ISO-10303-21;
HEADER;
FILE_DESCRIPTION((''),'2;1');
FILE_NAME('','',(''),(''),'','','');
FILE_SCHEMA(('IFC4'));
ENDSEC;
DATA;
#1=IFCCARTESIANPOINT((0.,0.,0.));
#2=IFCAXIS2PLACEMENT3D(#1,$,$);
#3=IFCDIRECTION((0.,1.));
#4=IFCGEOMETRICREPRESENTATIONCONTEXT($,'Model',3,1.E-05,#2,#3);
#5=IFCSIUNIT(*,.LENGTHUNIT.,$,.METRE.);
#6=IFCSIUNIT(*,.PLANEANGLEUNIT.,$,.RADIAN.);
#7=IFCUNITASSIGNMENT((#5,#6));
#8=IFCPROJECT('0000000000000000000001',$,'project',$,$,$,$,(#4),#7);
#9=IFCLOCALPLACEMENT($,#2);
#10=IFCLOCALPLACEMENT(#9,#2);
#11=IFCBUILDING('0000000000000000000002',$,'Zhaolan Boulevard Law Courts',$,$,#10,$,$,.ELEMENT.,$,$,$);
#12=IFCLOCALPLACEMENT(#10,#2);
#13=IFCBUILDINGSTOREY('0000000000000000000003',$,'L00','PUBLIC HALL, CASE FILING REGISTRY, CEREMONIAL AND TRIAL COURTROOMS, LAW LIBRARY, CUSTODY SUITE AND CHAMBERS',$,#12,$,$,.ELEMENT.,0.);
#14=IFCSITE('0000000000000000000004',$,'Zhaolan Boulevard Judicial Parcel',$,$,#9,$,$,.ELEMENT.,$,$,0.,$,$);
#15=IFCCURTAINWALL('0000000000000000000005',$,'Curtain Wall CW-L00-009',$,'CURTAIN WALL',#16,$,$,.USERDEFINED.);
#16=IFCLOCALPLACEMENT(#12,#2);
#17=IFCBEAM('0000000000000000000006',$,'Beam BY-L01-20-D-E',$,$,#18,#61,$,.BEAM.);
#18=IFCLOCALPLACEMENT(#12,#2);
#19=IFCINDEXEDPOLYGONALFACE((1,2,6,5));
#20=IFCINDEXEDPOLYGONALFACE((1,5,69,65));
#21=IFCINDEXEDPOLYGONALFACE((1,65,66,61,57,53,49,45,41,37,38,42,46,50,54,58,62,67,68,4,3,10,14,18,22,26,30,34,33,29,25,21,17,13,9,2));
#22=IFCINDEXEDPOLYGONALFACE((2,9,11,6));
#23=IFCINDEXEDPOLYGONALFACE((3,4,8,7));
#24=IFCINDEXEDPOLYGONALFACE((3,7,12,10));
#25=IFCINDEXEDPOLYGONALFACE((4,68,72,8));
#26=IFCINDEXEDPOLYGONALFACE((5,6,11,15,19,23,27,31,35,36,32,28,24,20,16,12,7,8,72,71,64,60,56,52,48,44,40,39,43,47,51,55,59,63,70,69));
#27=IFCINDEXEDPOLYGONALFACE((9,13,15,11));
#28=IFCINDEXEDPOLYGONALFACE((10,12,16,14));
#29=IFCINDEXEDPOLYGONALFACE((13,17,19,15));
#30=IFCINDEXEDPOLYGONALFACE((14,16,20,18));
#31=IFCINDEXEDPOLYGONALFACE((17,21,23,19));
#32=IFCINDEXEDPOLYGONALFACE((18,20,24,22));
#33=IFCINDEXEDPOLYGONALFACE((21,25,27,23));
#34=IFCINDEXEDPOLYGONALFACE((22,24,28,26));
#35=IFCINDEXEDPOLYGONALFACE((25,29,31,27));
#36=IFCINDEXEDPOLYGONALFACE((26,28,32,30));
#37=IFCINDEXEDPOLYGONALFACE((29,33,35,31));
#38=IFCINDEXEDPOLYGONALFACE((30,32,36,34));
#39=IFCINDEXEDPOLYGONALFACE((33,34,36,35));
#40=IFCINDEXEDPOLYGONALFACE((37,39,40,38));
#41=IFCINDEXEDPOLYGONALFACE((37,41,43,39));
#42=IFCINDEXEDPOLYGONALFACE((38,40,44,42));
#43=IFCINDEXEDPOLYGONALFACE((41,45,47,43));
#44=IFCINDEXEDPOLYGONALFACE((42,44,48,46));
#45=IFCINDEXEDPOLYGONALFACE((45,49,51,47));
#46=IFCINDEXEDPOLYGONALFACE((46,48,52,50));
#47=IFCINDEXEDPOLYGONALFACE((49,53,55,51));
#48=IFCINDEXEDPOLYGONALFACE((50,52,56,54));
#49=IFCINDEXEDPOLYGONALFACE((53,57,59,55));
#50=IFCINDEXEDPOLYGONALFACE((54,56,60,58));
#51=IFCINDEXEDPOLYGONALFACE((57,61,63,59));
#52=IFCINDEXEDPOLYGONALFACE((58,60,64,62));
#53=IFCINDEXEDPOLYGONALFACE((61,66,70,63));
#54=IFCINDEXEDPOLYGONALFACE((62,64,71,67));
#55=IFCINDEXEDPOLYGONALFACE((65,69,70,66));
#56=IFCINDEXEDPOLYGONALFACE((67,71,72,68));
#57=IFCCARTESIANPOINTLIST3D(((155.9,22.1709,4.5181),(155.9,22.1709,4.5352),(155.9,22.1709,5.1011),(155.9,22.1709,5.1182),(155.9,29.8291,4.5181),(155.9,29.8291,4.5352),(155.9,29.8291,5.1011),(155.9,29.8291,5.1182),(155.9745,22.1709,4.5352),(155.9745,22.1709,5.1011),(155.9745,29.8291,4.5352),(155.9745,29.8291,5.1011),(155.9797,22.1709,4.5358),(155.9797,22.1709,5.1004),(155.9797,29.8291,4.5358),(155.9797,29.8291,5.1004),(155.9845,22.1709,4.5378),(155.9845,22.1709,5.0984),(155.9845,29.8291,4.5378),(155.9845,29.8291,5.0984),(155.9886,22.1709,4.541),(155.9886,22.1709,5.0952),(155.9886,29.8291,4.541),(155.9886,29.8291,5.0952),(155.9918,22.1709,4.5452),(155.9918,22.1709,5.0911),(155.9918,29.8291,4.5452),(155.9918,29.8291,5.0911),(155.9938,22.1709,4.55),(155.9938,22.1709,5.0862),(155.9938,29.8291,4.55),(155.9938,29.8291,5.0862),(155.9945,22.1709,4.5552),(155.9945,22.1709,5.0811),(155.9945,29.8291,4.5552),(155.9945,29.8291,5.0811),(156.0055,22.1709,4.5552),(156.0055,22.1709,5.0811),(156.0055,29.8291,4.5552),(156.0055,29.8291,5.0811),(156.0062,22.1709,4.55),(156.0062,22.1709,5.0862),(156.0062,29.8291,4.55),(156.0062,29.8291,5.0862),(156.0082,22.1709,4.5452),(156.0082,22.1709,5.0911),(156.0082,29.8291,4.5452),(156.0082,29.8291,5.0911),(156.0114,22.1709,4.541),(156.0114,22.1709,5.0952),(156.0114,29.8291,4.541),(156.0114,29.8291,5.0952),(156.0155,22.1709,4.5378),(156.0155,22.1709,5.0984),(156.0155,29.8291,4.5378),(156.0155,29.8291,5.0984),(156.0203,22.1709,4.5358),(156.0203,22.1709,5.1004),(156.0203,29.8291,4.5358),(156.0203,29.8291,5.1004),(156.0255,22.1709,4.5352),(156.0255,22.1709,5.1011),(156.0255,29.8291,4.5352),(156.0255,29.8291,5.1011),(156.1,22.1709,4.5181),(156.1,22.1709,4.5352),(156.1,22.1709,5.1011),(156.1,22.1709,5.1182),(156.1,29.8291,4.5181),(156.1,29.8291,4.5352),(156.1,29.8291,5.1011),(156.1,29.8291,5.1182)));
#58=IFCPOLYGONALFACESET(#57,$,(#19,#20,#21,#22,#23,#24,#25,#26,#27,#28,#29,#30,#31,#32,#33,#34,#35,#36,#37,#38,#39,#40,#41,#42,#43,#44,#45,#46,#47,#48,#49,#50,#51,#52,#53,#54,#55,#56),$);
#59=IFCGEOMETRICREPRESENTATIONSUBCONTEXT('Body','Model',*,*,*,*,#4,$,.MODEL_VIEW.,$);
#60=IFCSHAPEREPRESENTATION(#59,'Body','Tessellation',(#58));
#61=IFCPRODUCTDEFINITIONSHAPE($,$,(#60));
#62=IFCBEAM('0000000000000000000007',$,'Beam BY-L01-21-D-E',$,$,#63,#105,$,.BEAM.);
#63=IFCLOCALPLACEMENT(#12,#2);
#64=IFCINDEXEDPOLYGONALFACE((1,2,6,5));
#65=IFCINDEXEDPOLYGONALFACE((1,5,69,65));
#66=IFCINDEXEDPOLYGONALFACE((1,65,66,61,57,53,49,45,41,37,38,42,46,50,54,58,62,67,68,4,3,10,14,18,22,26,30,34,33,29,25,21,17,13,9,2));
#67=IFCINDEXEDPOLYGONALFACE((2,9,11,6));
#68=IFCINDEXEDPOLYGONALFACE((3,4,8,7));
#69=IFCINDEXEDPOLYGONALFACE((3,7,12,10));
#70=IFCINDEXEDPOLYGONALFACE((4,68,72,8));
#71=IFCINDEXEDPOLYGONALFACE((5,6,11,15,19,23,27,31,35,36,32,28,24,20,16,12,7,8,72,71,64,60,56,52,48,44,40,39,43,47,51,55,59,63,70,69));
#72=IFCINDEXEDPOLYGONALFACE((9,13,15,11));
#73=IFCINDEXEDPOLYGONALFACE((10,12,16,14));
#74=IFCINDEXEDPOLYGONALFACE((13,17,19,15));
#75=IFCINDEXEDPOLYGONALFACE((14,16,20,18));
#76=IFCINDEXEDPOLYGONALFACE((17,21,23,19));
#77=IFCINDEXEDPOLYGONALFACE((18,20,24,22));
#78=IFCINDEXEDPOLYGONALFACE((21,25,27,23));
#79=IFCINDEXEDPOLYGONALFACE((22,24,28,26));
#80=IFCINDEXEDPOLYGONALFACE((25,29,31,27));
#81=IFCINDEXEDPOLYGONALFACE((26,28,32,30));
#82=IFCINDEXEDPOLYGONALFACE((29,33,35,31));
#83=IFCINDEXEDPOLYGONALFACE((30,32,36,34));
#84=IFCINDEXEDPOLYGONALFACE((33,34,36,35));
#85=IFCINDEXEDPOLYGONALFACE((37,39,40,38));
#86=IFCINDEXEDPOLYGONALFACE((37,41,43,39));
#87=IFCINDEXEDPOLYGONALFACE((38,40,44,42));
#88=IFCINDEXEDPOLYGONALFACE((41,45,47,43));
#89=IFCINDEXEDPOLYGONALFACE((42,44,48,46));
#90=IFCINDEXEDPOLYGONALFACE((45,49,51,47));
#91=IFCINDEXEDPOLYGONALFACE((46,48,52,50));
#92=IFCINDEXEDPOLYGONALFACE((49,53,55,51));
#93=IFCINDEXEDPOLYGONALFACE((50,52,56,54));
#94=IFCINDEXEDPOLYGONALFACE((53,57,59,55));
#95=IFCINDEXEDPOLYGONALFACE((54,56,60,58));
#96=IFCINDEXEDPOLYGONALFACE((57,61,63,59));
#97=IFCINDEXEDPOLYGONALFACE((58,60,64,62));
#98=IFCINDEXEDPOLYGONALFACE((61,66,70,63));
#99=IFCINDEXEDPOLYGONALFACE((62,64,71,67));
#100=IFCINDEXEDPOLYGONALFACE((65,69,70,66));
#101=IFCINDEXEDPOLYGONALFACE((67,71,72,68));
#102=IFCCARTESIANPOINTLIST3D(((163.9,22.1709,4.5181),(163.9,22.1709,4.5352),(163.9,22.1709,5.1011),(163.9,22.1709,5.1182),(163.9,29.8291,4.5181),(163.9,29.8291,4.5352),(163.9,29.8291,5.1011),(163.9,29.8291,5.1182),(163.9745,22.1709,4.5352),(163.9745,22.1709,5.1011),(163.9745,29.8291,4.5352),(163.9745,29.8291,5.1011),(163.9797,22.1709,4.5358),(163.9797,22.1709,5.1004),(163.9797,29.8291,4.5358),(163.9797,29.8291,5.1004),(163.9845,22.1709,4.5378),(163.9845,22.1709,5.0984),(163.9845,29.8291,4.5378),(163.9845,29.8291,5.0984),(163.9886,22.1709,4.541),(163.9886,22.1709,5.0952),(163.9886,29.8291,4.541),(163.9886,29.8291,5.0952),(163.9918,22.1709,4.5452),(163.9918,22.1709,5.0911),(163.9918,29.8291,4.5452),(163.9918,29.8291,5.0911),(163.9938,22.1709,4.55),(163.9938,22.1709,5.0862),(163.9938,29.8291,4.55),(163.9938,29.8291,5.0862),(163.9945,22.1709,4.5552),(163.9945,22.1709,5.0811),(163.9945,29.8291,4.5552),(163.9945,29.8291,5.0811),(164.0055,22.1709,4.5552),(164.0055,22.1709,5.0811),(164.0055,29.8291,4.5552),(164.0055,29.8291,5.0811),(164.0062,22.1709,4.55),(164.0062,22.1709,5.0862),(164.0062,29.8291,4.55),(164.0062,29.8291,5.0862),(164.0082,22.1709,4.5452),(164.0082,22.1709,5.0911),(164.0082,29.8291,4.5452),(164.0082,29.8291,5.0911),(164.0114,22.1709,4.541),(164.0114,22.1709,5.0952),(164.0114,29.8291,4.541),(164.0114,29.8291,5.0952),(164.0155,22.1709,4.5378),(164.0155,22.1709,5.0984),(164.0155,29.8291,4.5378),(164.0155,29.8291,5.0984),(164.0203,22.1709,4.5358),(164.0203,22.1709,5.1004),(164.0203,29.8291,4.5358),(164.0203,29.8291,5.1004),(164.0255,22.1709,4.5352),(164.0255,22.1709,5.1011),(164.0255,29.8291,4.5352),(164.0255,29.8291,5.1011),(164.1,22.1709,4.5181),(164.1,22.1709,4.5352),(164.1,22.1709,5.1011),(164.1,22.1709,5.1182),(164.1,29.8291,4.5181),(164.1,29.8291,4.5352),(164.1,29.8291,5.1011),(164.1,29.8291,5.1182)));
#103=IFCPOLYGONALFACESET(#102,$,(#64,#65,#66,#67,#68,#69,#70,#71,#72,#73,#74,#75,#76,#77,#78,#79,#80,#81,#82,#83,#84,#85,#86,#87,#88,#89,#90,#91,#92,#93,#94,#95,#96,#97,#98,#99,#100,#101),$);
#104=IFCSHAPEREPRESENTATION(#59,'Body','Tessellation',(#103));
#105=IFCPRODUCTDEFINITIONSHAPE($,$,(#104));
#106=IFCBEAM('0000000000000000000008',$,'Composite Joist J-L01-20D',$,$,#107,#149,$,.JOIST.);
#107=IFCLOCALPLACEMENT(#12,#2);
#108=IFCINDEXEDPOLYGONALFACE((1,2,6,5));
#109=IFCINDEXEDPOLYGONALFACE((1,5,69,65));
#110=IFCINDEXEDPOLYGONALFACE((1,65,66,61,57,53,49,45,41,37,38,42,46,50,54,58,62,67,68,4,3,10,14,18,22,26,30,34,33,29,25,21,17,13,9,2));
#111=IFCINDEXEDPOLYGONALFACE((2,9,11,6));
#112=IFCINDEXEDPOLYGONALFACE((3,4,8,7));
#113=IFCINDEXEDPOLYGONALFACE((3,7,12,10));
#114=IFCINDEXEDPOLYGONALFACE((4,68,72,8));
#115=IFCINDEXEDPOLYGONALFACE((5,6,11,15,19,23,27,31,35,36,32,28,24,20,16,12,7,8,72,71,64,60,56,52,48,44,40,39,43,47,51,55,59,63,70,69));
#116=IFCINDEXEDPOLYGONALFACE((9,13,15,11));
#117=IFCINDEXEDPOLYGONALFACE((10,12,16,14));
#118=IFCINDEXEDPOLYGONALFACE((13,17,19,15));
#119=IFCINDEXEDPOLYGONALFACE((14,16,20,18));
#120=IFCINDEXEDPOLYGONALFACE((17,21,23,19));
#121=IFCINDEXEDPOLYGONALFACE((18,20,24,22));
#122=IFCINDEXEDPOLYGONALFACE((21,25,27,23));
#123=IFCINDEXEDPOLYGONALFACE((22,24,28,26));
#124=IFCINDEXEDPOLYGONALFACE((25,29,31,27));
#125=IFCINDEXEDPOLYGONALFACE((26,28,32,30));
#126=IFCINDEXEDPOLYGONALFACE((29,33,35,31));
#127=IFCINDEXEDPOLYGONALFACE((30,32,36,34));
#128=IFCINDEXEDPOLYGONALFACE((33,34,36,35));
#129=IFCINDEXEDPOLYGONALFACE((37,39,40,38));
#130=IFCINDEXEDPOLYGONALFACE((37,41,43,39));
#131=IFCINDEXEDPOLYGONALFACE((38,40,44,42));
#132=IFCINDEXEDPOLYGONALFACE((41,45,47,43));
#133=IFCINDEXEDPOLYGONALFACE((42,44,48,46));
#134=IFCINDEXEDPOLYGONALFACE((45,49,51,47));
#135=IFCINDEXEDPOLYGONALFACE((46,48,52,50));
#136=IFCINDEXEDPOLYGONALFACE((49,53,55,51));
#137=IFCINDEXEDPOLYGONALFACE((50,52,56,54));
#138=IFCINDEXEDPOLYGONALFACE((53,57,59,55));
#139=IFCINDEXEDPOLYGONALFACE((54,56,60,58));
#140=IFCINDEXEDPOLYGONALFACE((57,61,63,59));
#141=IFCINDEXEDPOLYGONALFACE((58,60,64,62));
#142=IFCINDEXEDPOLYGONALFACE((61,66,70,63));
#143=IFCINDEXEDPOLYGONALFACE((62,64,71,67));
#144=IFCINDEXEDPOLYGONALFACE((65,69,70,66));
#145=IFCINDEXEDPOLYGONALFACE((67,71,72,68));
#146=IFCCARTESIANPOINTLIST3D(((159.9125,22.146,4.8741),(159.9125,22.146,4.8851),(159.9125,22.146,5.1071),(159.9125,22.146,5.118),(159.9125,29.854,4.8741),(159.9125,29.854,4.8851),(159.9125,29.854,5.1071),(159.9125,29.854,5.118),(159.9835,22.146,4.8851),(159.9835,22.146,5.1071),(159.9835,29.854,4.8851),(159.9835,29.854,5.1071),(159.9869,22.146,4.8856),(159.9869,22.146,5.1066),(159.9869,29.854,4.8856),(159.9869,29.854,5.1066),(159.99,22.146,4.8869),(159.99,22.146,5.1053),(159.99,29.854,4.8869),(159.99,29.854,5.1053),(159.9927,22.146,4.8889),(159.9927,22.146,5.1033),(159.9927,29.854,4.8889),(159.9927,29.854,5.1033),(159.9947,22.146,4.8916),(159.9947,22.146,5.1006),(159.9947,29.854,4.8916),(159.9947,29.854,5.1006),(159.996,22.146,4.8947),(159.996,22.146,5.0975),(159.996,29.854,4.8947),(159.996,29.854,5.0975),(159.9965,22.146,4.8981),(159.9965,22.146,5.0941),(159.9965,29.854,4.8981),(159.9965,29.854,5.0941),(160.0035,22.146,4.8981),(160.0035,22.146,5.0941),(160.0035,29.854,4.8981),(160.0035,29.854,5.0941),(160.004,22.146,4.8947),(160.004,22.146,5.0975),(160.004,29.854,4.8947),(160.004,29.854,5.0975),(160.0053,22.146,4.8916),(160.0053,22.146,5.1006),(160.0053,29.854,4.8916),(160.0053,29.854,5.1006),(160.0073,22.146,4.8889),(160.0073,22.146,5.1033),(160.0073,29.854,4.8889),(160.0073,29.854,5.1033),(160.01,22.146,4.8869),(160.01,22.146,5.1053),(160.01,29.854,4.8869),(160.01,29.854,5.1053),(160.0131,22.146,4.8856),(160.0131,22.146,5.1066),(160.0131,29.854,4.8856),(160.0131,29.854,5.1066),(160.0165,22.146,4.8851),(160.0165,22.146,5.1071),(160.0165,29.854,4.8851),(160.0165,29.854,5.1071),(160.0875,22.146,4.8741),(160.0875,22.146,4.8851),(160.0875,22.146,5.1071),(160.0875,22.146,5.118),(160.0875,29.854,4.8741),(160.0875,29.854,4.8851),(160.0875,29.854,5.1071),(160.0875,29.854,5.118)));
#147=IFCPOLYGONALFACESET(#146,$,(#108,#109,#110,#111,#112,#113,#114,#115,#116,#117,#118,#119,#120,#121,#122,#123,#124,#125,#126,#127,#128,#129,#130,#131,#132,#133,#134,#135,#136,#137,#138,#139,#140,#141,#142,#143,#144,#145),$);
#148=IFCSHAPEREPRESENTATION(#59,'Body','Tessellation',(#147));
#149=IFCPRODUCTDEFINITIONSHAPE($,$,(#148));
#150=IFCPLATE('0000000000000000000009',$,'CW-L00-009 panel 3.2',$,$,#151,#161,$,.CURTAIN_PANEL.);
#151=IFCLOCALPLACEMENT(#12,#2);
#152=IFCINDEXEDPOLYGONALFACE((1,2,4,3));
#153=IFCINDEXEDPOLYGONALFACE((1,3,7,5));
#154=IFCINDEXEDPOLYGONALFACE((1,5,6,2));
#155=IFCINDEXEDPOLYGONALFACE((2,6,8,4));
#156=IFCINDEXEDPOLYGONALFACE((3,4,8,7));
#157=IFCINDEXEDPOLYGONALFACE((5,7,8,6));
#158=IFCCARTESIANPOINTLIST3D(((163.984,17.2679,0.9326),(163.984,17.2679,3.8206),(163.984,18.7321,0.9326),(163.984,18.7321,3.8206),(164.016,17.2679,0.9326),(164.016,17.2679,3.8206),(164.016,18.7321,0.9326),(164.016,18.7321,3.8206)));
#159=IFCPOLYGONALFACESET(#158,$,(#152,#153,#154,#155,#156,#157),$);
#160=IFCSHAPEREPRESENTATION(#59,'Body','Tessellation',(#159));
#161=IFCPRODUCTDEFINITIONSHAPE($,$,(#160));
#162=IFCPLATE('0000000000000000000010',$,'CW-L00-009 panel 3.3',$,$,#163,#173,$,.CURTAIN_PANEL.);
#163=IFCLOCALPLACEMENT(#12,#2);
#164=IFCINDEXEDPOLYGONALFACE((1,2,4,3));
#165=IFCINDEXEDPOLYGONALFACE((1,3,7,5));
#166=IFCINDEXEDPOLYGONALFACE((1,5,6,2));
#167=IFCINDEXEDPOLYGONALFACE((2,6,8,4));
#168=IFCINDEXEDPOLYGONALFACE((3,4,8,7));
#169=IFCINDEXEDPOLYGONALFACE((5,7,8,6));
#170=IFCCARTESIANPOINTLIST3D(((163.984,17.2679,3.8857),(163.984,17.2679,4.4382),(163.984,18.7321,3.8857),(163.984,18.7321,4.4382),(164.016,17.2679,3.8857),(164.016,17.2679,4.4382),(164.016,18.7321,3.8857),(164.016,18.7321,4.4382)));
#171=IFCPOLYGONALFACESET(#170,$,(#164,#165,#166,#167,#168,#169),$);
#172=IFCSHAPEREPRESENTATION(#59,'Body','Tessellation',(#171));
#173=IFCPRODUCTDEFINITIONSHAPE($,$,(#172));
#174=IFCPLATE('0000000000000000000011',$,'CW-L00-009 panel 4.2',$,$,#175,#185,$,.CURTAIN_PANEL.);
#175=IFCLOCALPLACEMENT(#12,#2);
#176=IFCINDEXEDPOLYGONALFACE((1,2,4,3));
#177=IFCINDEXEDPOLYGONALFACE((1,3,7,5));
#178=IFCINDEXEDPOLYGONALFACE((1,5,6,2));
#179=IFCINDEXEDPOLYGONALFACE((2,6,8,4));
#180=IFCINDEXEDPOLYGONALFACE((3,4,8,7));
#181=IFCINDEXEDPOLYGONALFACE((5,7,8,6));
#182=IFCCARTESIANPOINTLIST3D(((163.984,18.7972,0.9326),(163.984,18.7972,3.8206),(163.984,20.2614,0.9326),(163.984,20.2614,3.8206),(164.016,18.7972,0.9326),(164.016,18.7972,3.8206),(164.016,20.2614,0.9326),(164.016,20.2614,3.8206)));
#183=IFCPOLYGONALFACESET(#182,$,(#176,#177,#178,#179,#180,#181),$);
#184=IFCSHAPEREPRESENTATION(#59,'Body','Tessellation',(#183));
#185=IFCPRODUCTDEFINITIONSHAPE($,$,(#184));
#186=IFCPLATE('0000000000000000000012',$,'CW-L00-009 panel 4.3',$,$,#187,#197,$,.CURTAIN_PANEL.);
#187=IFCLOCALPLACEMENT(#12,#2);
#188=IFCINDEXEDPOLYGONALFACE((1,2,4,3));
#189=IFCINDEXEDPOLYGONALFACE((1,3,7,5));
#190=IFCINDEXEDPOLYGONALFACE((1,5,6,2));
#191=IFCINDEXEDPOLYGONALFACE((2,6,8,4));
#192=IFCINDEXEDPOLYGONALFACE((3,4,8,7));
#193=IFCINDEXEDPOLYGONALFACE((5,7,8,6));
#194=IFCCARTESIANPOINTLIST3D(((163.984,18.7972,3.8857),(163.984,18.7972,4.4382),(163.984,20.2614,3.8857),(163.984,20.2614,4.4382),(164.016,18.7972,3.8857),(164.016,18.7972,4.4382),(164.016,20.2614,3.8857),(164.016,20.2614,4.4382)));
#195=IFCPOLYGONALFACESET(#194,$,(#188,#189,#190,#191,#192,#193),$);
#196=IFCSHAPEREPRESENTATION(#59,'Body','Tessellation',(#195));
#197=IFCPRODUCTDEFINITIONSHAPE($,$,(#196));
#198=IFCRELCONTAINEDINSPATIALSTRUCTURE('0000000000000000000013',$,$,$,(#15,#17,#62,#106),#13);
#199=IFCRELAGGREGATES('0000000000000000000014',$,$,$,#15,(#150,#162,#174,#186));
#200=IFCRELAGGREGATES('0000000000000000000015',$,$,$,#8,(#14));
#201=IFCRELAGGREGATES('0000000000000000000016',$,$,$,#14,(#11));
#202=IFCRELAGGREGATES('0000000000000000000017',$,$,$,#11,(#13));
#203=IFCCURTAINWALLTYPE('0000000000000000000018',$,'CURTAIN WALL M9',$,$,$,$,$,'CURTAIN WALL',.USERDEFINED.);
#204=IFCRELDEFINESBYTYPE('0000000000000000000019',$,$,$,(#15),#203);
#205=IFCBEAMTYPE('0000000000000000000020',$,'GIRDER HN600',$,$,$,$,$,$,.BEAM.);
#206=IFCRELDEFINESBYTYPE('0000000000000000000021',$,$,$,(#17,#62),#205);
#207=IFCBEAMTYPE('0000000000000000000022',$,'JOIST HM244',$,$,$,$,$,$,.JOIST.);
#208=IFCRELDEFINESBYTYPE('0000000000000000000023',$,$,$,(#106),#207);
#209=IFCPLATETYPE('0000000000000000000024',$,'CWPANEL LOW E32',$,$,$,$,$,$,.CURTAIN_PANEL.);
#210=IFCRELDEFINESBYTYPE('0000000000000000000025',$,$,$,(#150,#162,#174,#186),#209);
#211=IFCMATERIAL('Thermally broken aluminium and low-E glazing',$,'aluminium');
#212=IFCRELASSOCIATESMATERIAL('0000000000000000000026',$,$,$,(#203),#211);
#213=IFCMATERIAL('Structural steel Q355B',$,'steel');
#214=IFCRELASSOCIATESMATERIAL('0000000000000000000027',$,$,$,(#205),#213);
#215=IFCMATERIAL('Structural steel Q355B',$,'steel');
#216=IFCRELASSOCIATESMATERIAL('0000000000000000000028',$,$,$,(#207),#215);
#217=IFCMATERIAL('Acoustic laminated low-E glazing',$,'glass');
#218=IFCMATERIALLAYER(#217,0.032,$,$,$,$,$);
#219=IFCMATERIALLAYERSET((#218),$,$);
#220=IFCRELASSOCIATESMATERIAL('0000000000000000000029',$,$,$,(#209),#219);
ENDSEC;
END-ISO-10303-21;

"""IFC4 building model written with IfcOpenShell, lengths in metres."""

from ifc_helpers import new_model, si_unit, direction, frame, origin, origin_2d, place, context, subcontext, project, spatial, rectangle, i_section, extrude, material, layer, layer_set, material_profile, profile_set, type_object, element, aggregate, save


model = new_model("IFC4")

# Units and contexts
model_context = context("Model", 3, precision=1e-05, world=origin(), true_north=direction((0.0, 1.0)))
body_context = subcontext(model_context, "Body", "Model", "MODEL_VIEW")
ifc_project = project(units=[si_unit("LENGTHUNIT", "METRE"), si_unit("PLANEANGLEUNIT", "RADIAN")], contexts=[model_context])

# Site, building, storey
site_placement = place(None, origin())
site = spatial("IfcSite", under=ifc_project, at=site_placement, Name="Zhaolan Boulevard Judicial Parcel", CompositionType="ELEMENT", RefElevation=0.0)
building_placement = place(site_placement, origin())
building = spatial("IfcBuilding", under=site, at=building_placement, Name="Zhaolan Boulevard Law Courts", CompositionType="ELEMENT")
storey_placement = place(building_placement, origin())
storey = spatial("IfcBuildingStorey", under=building, at=storey_placement, Name="L00", Description="PUBLIC HALL, CASE FILING REGISTRY, CEREMONIAL AND TRIAL COURTROOMS, LAW LIBRARY, CUSTODY SUITE AND CHAMBERS", CompositionType="ELEMENT", Elevation=0.0)

# Curtain wall
ifc_material_1 = material(Name="Thermally broken aluminium and low-E glazing", Category="aluminium")
curtain_wall_type_1 = type_object("IfcCurtainWallType", Name="CURTAIN WALL M9", ElementType="CURTAIN WALL", PredefinedType="USERDEFINED", material=ifc_material_1)
curtain_wall_1_placement = place(storey_placement, origin())
curtain_wall_1 = element("IfcCurtainWall", 1, at=curtain_wall_1_placement, inside=storey, type_object=curtain_wall_type_1, Name="Curtain Wall CW-L00-009", ObjectType="CURTAIN WALL", PredefinedType="USERDEFINED")

# Beams
ifc_material_2 = material(Name="Structural steel Q355B", Category="steel")
ifc_material_profile_1 = material_profile(ifc_material_2, i_section(OverallWidth=0.2, OverallDepth=0.6001, WebThickness=0.011, FlangeThickness=0.0171, FilletRadius=0.02, at=origin_2d()), Name="HN600x200")
ifc_profile_set_1 = profile_set([ifc_material_profile_1], Name="Structural steel Q355B")
beam_type_1 = type_object("IfcBeamType", Name="GIRDER HN600", PredefinedType="BEAM", material=ifc_profile_set_1)
for number, where, z_axis, x_axis, name in (
    (2, (156.0, 22.1709, 4.8181), (0.0, 1.0, 0.0), (-1.0, 0.0, 0.0), "Beam BY-L01-20-D-E"),
    (3, (164.0, 22.1709, 4.8181), (0.0, 1.0, 0.0), (-1.0, 0.0, 0.0), "Beam BY-L01-21-D-E"),
):
    element("IfcBeam", number, at=place(storey_placement, frame(where, z_axis=z_axis, x_axis=x_axis)), inside=storey, type_object=beam_type_1, Name=name, PredefinedType="BEAM", context=body_context, shape_type="SweptSolid", body=[
        extrude(i_section(OverallWidth=0.2, OverallDepth=0.6001, WebThickness=0.011, FlangeThickness=0.0171, FilletRadius=0.02, at=origin_2d()), origin(), (0.0, 0.0, 1.0), 7.6582),
    ])
ifc_material_3 = material(Name="Structural steel Q355B", Category="steel")
ifc_material_profile_2 = material_profile(ifc_material_3, i_section(OverallWidth=0.175, OverallDepth=0.2439, WebThickness=0.0071, FlangeThickness=0.011, FilletRadius=0.0129, at=origin_2d()), Name="HM244x175")
ifc_profile_set_2 = profile_set([ifc_material_profile_2], Name="Structural steel Q355B")
beam_type_2 = type_object("IfcBeamType", Name="JOIST HM244", PredefinedType="JOIST", material=ifc_profile_set_2)
beam_1_placement = place(storey_placement, frame((160.0, 22.146, 4.9961), z_axis=(0.0, 1.0, 0.0), x_axis=(-1.0, 0.0, 0.0)))
element("IfcBeam", 4, at=beam_1_placement, inside=storey, type_object=beam_type_2, Name="Composite Joist J-L01-20D", PredefinedType="JOIST", context=body_context, shape_type="SweptSolid", body=[
    extrude(i_section(OverallWidth=0.175, OverallDepth=0.2439, WebThickness=0.0071, FlangeThickness=0.011, FilletRadius=0.0129, at=origin_2d()), origin(), (0.0, 0.0, 1.0), 7.708),
])

# Plates
ifc_material_4 = material(Name="Acoustic laminated low-E glazing", Category="glass")
ifc_layer = layer(ifc_material_4, 0.032)
ifc_layer_set = layer_set([ifc_layer])
plate_type = type_object("IfcPlateType", Name="CWPANEL LOW E32", PredefinedType="CURTAIN_PANEL", material=ifc_layer_set)
plate_1_placement = place(storey_placement, frame((164.0, 18.0, 0.9326), z_axis=(0.0, 0.0, 1.0), x_axis=(0.0, 1.0, 0.0)))
plate_1 = element("IfcPlate", 5, at=plate_1_placement, type_object=plate_type, Name="CW-L00-009 panel 3.2", PredefinedType="CURTAIN_PANEL", context=body_context, shape_type="SweptSolid", body=[
    extrude(rectangle(XDim=1.4641, YDim=0.032, at=origin_2d()), origin(), (0.0, 0.0, 1.0), 2.8879),
])
plate_2_placement = place(storey_placement, frame((164.0, 18.0, 3.8857), z_axis=(0.0, 0.0, 1.0), x_axis=(0.0, 1.0, 0.0)))
plate_2 = element("IfcPlate", 6, at=plate_2_placement, type_object=plate_type, Name="CW-L00-009 panel 3.3", PredefinedType="CURTAIN_PANEL", context=body_context, shape_type="SweptSolid", body=[
    extrude(rectangle(XDim=1.4641, YDim=0.032, at=origin_2d()), origin(), (0.0, 0.0, 1.0), 0.5525),
])
plate_3_placement = place(storey_placement, frame((164.0, 19.5293, 0.9326), z_axis=(0.0, 0.0, 1.0), x_axis=(0.0, 1.0, 0.0)))
plate_3 = element("IfcPlate", 7, at=plate_3_placement, type_object=plate_type, Name="CW-L00-009 panel 4.2", PredefinedType="CURTAIN_PANEL", context=body_context, shape_type="SweptSolid", body=[
    extrude(rectangle(XDim=1.4641, YDim=0.032, at=origin_2d()), origin(), (0.0, 0.0, 1.0), 2.8879),
])
plate_4_placement = place(storey_placement, frame((164.0, 19.5293, 3.8857), z_axis=(0.0, 0.0, 1.0), x_axis=(0.0, 1.0, 0.0)))
plate_4 = element("IfcPlate", 8, at=plate_4_placement, type_object=plate_type, Name="CW-L00-009 panel 4.3", PredefinedType="CURTAIN_PANEL", context=body_context, shape_type="SweptSolid", body=[
    extrude(rectangle(XDim=1.4641, YDim=0.032, at=origin_2d()), origin(), (0.0, 0.0, 1.0), 0.5525),
])
aggregate(curtain_wall_1, [plate_1, plate_2, plate_3, plate_4])

save(model, "model.ifc")
